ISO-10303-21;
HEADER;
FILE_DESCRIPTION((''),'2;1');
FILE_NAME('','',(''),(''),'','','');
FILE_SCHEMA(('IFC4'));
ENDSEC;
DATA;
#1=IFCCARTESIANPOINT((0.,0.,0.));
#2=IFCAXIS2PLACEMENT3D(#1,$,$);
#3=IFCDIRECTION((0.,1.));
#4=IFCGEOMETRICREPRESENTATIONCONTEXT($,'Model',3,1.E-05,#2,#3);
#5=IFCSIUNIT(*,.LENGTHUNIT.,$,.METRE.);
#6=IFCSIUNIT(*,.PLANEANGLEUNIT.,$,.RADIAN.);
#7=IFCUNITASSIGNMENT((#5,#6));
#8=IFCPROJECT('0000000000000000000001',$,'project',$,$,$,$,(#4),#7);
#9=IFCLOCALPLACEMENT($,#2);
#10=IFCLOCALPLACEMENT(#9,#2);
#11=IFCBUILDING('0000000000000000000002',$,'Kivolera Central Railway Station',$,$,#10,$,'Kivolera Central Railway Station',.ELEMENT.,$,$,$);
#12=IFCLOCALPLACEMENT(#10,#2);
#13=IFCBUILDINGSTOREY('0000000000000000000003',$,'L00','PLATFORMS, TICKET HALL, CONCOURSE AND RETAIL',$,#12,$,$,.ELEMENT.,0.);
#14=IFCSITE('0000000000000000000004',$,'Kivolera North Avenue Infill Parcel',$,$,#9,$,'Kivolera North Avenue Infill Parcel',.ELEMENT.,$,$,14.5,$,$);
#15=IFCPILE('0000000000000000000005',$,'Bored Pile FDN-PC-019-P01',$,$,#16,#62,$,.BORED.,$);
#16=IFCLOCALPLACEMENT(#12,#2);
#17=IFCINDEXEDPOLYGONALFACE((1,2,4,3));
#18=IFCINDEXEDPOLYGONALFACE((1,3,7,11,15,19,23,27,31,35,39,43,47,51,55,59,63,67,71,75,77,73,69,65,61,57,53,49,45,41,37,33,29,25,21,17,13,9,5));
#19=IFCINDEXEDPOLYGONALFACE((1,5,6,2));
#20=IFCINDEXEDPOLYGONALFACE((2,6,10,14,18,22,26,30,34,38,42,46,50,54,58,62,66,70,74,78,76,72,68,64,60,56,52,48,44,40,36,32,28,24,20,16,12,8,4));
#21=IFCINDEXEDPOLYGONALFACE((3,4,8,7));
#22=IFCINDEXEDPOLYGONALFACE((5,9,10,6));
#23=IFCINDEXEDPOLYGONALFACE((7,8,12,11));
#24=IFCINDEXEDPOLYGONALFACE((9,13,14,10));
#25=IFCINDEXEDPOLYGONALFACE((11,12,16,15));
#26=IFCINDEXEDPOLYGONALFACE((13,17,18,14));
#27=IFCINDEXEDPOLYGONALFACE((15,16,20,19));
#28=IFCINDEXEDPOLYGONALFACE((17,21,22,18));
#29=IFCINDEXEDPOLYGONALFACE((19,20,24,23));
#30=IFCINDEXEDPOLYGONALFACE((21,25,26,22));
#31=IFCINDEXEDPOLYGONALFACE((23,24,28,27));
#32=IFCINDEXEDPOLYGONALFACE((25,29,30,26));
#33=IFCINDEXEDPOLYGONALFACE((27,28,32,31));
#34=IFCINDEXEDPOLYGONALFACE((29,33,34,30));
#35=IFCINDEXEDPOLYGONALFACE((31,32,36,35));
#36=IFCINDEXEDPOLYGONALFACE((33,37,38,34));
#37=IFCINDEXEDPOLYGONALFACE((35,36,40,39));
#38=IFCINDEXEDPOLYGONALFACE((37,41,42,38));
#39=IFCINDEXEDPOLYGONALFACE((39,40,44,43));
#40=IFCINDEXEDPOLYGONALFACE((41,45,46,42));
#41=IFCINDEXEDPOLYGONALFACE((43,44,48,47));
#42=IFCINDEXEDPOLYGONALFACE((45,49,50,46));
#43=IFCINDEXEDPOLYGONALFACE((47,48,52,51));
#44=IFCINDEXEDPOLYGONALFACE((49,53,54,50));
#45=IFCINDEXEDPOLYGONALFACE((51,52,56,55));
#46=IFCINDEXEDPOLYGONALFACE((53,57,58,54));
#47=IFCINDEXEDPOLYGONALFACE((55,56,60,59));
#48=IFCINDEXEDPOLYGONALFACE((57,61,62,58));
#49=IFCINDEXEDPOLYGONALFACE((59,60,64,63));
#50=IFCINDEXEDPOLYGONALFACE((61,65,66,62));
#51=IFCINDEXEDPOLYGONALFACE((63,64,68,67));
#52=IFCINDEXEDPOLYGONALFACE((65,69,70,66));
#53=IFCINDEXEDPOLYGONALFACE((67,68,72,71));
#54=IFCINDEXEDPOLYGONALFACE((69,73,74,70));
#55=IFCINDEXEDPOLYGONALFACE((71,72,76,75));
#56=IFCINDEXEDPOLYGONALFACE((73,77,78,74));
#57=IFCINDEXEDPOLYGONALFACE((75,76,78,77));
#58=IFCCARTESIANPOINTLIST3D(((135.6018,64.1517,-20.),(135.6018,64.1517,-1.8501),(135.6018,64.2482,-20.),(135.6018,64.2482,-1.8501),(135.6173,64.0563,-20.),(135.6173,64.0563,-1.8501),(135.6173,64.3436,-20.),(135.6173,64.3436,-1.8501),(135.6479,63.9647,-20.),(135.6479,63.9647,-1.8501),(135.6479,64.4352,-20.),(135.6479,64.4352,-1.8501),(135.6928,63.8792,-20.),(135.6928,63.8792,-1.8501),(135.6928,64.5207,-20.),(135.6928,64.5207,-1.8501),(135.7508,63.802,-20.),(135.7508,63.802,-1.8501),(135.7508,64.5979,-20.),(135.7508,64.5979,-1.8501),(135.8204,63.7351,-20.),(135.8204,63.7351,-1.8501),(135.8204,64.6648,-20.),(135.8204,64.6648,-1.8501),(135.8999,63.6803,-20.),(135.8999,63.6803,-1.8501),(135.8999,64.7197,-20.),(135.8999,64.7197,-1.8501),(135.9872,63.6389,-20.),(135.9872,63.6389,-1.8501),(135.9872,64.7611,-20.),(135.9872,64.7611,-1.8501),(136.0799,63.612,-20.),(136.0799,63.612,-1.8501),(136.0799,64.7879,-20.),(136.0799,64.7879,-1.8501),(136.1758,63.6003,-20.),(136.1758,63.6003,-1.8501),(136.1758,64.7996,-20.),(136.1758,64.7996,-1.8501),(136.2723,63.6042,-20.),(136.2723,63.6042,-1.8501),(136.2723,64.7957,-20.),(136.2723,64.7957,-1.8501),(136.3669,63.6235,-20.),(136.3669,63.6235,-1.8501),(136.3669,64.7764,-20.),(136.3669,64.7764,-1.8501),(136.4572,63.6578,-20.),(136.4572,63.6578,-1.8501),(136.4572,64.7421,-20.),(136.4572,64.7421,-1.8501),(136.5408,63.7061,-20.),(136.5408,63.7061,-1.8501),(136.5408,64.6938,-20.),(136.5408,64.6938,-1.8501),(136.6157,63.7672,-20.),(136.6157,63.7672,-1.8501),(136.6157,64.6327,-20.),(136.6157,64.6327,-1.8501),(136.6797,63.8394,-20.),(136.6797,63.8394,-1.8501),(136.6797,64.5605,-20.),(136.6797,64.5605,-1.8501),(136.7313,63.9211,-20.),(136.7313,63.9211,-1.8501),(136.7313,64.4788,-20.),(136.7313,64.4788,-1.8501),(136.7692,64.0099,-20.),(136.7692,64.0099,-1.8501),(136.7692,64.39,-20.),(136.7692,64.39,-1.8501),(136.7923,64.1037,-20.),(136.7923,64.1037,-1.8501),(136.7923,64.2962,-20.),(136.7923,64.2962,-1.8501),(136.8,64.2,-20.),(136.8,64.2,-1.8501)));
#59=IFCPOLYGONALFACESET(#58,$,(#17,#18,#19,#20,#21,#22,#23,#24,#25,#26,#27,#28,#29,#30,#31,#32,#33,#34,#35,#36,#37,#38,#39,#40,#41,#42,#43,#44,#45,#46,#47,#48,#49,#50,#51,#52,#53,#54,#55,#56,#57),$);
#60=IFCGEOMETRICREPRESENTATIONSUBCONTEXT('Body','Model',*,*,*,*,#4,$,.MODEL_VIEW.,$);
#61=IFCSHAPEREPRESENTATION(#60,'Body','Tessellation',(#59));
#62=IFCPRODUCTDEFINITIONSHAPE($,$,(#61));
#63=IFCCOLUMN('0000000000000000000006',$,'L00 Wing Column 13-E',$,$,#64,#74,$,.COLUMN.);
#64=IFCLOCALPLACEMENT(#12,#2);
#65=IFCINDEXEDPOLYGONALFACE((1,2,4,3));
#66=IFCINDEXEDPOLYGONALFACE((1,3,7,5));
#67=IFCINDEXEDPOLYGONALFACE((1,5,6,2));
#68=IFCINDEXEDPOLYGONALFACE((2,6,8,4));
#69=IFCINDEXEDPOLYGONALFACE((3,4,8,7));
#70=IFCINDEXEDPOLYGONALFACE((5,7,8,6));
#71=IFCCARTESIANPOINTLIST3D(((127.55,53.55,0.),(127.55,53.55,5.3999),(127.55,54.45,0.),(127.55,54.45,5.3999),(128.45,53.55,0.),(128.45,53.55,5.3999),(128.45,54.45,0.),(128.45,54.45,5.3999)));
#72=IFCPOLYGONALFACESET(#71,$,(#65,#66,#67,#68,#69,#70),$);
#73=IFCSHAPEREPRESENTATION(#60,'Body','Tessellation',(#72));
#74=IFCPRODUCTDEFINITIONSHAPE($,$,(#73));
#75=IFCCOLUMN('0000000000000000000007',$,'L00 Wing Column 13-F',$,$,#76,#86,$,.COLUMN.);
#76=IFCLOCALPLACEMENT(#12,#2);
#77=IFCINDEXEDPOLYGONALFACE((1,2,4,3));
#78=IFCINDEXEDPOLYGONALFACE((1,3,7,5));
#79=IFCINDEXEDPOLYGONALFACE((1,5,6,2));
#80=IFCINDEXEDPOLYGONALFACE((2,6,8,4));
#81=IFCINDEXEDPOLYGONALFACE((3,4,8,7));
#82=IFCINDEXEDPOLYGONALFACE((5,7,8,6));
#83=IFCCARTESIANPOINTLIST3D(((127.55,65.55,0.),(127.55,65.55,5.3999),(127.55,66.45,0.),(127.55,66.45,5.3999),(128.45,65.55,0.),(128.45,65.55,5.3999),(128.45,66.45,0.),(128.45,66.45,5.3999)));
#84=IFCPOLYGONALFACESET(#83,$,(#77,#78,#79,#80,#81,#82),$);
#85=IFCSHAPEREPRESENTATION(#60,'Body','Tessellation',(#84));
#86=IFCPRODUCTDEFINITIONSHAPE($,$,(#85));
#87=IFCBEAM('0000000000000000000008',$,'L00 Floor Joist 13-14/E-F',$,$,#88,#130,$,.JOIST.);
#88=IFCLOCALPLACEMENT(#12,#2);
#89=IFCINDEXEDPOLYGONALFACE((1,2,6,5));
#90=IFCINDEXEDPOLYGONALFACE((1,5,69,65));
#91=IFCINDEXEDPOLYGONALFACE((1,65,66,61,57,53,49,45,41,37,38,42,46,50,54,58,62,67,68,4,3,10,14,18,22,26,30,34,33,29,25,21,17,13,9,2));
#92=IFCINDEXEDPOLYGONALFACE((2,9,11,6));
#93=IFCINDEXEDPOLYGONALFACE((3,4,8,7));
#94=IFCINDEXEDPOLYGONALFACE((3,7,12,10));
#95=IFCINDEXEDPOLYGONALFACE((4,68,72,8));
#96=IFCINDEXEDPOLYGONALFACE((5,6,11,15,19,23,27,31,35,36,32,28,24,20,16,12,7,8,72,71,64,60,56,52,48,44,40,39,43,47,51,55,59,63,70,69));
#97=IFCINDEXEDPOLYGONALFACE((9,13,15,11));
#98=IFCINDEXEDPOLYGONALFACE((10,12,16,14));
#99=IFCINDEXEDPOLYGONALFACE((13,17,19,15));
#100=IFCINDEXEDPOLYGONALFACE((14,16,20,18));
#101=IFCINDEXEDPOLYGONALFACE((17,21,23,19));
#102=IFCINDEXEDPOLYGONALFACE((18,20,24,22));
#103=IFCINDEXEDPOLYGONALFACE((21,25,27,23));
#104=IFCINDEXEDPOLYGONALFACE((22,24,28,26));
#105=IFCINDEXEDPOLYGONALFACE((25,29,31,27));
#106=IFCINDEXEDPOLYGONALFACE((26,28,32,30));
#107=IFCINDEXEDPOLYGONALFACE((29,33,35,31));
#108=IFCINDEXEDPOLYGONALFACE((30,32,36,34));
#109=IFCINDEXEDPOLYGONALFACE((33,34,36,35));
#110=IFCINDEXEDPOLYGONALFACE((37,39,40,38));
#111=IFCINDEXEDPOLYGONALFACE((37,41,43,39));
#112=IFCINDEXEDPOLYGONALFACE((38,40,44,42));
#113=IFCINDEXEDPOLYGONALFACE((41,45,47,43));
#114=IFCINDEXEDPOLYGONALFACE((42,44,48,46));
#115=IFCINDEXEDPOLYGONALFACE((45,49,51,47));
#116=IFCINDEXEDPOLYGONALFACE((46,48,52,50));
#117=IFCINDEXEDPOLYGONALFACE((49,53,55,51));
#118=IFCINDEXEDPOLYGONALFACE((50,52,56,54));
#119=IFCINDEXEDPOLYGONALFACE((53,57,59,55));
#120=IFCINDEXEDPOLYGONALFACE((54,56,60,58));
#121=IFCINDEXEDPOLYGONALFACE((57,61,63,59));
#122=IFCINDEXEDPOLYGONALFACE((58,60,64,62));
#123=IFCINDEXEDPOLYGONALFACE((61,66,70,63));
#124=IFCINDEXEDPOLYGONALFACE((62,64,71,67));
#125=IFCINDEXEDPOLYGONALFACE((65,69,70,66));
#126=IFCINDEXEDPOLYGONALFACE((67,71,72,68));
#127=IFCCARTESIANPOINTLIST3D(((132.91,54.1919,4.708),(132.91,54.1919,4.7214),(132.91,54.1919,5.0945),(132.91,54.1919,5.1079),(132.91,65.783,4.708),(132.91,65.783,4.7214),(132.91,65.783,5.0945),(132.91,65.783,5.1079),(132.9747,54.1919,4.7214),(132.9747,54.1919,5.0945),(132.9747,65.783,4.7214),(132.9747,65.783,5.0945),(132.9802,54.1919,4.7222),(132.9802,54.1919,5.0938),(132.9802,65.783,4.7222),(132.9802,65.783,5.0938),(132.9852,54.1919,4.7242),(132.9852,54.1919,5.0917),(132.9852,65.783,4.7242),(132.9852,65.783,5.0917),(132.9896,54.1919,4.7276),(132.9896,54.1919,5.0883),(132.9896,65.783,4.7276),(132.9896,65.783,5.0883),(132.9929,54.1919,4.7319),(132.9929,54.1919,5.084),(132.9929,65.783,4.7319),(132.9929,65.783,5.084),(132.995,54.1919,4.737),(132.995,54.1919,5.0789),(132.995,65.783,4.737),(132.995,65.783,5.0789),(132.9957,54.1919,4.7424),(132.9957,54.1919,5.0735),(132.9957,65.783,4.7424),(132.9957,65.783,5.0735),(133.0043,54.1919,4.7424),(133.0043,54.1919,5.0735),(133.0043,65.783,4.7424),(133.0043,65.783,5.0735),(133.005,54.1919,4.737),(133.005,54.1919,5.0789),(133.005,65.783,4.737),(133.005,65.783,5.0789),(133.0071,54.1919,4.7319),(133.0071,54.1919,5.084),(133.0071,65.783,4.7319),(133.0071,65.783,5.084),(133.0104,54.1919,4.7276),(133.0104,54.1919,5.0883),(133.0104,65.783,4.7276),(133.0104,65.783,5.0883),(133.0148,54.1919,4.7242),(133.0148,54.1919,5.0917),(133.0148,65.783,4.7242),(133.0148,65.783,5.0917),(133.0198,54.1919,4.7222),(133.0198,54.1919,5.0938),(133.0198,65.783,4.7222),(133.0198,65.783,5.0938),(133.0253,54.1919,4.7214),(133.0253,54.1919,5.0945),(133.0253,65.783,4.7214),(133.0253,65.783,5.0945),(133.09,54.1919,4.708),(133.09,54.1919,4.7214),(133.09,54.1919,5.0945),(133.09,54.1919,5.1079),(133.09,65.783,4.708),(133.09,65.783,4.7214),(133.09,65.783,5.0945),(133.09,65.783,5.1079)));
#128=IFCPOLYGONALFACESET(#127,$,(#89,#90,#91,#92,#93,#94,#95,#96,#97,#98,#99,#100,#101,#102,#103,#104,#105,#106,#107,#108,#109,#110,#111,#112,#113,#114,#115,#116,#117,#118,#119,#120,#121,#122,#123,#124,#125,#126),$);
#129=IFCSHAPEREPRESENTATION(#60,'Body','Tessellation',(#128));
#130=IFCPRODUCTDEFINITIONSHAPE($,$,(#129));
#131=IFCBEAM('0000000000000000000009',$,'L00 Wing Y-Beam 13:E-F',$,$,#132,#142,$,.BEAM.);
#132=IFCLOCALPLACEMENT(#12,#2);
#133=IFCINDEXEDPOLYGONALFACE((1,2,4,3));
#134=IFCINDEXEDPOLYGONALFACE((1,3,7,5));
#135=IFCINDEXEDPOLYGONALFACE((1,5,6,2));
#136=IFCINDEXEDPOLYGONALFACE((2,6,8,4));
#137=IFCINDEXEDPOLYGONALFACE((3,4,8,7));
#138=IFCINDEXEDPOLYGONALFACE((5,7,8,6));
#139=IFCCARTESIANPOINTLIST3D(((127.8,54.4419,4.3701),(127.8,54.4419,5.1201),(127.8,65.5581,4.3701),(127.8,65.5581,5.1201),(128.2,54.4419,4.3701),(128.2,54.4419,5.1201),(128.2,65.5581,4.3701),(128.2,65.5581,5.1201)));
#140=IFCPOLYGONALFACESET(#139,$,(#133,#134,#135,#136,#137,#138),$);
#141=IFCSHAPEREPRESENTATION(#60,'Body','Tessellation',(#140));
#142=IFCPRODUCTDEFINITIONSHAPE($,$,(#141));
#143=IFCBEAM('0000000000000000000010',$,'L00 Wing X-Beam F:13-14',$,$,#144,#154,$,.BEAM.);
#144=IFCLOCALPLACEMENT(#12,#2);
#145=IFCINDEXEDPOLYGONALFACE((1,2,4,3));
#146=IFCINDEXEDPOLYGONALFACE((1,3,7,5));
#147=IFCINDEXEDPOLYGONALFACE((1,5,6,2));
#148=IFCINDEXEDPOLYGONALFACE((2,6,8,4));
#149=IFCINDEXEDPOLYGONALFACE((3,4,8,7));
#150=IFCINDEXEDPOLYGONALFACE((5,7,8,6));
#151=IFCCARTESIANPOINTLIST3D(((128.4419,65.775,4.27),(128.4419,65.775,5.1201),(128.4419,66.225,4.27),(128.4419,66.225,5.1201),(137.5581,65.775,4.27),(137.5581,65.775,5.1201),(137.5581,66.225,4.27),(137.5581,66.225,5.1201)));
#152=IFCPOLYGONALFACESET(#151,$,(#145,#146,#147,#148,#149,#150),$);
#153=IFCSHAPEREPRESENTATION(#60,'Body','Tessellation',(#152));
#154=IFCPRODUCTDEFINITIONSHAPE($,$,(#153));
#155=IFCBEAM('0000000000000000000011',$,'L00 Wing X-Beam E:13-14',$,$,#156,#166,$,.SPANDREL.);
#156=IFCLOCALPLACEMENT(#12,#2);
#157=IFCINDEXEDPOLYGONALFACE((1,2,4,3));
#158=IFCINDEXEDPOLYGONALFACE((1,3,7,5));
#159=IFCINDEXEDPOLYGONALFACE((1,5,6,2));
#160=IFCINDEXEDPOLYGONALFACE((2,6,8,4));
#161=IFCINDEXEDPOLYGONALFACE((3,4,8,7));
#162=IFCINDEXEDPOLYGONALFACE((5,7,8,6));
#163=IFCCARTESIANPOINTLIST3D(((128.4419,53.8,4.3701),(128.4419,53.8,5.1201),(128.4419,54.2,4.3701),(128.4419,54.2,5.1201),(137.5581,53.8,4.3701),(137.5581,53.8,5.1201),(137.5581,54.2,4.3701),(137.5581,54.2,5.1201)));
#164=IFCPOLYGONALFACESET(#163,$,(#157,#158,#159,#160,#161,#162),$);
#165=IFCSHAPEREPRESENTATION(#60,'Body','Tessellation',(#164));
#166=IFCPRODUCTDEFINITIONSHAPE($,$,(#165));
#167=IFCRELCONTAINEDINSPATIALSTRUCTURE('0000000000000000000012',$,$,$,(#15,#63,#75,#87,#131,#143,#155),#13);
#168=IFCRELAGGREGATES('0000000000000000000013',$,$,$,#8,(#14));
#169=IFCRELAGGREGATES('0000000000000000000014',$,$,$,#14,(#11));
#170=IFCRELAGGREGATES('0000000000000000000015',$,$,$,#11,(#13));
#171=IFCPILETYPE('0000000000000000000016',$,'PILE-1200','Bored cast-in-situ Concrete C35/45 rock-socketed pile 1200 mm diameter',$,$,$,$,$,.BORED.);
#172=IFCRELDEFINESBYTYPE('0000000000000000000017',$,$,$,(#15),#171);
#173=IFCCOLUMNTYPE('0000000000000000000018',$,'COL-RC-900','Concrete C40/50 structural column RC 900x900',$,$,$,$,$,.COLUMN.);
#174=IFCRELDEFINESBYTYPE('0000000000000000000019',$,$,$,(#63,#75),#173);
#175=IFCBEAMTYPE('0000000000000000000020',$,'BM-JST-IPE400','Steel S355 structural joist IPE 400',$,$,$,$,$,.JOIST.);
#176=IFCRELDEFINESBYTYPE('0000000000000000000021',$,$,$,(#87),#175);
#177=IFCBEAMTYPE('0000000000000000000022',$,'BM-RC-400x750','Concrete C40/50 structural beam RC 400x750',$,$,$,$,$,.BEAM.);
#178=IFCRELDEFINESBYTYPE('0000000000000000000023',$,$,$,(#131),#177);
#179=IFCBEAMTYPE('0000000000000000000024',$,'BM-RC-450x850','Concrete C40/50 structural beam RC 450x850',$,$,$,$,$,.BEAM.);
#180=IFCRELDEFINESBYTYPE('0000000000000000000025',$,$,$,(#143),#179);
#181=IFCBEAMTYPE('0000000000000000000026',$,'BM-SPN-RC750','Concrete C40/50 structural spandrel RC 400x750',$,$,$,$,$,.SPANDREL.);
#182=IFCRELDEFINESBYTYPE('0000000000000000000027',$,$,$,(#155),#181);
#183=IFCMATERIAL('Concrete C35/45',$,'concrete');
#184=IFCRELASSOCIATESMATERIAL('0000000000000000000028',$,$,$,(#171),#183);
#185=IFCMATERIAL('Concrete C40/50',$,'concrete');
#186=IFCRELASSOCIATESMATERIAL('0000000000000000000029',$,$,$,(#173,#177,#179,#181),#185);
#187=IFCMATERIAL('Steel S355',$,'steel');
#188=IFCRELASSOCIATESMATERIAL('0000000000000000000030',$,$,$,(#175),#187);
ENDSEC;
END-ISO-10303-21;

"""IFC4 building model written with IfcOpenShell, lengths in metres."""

from ifc_helpers import new_model, si_unit, direction, frame, origin, origin_2d, place, context, subcontext, project, spatial, rectangle, circle, i_section, extrude, material, material_profile, profile_set, type_object, element, save


model = new_model("IFC4")

# Units and contexts
model_context = context("Model", 3, precision=1e-05, world=origin(), true_north=direction((0.0, 1.0)))
body_context = subcontext(model_context, "Body", "Model", "MODEL_VIEW")
ifc_project = project(units=[si_unit("LENGTHUNIT", "METRE"), si_unit("PLANEANGLEUNIT", "RADIAN")], contexts=[model_context])

# Site, building, storey
site_placement = place(None, origin())
site = spatial("IfcSite", under=ifc_project, at=site_placement, Name="Kivolera North Avenue Infill Parcel", LongName="Kivolera North Avenue Infill Parcel", CompositionType="ELEMENT", RefElevation=14.5)
building_placement = place(site_placement, origin())
building = spatial("IfcBuilding", under=site, at=building_placement, Name="Kivolera Central Railway Station", LongName="Kivolera Central Railway Station", CompositionType="ELEMENT")
storey_placement = place(building_placement, origin())
storey = spatial("IfcBuildingStorey", under=building, at=storey_placement, Name="L00", Description="PLATFORMS, TICKET HALL, CONCOURSE AND RETAIL", CompositionType="ELEMENT", Elevation=0.0)

# Shared definitions
ifc_material_1 = material(Name="Concrete C35/45", Category="concrete")

# Pile
ifc_material_profile_1 = material_profile(ifc_material_1, circle(Radius=0.6001, at=origin_2d()), Name="PILE D1200")
ifc_profile_set_1 = profile_set([ifc_material_profile_1], Name="Concrete C35/45")
pile_type_1 = type_object("IfcPileType", Name="PILE-1200", Description="Bored cast-in-situ Concrete C35/45 rock-socketed pile 1200 mm diameter", PredefinedType="BORED", material=ifc_profile_set_1)
for number, where, z_axis, x_axis, name in (
    (1, (136.2, 64.2, -1.8501), (0.0, 0.0, -1.0), (1.0, 0.0, 0.0), "Bored Pile FDN-PC-019-P01"),
):
    element("IfcPile", number, at=place(storey_placement, frame(where, z_axis=z_axis, x_axis=x_axis)), inside=storey, type_object=pile_type_1, Name=name, PredefinedType="BORED", context=body_context, shape_type="SweptSolid", body=[
        extrude(circle(Radius=0.6001, at=origin_2d()), origin(), (0.0, 0.0, 1.0), 18.1499),
    ])

# Columns
ifc_material_2 = material(Name="Concrete C40/50", Category="concrete")
ifc_material_profile_2 = material_profile(ifc_material_2, rectangle(XDim=0.8999, YDim=0.8999, at=origin_2d()), Name="RC 900x900")
ifc_profile_set_2 = profile_set([ifc_material_profile_2], Name="Concrete C40/50")
column_type = type_object("IfcColumnType", Name="COL-RC-900", Description="Concrete C40/50 structural column RC 900x900", PredefinedType="COLUMN", material=ifc_profile_set_2)
for number, where, z_axis, x_axis, name in (
    (2, (128.0, 54.0, 0.0), (0.0, 0.0, 1.0), (1.0, 0.0, 0.0), "L00 Wing Column 13-E"),
    (3, (128.0, 66.0, 0.0), (0.0, 0.0, 1.0), (1.0, 0.0, 0.0), "L00 Wing Column 13-F"),
):
    element("IfcColumn", number, at=place(storey_placement, frame(where, z_axis=z_axis, x_axis=x_axis)), inside=storey, type_object=column_type, Name=name, PredefinedType="COLUMN", context=body_context, shape_type="SweptSolid", body=[
        extrude(rectangle(XDim=0.8999, YDim=0.8999, at=origin_2d()), origin(), (0.0, 0.0, 1.0), 5.3999),
    ])

# Beams
ifc_material_3 = material(Name="Steel S355", Category="steel")
ifc_material_profile_3 = material_profile(ifc_material_3, i_section(OverallWidth=0.1799, OverallDepth=0.3999, WebThickness=0.0085, FlangeThickness=0.0134, FilletRadius=0.021, at=origin_2d()), Name="IPE 400")
ifc_profile_set_3 = profile_set([ifc_material_profile_3], Name="Steel S355")
beam_type_1 = type_object("IfcBeamType", Name="BM-JST-IPE400", Description="Steel S355 structural joist IPE 400", PredefinedType="JOIST", material=ifc_profile_set_3)
beam_1_placement = place(storey_placement, frame((133.0, 54.1919, 4.908), z_axis=(0.0, 1.0, 0.0), x_axis=(-1.0, 0.0, 0.0)))
element("IfcBeam", 4, at=beam_1_placement, inside=storey, type_object=beam_type_1, Name="L00 Floor Joist 13-14/E-F", PredefinedType="JOIST", context=body_context, shape_type="SweptSolid", body=[
    extrude(i_section(OverallWidth=0.1799, OverallDepth=0.3999, WebThickness=0.0085, FlangeThickness=0.0134, FilletRadius=0.021, at=origin_2d()), origin(), (0.0, 0.0, 1.0), 11.5911),
])
ifc_material_profile_4 = material_profile(ifc_material_2, rectangle(XDim=0.3999, YDim=0.75, at=origin_2d()), Name="RC 400x750")
ifc_profile_set_4 = profile_set([ifc_material_profile_4], Name="Concrete C40/50")
beam_type_2 = type_object("IfcBeamType", Name="BM-RC-400x750", Description="Concrete C40/50 structural beam RC 400x750", PredefinedType="BEAM", material=ifc_profile_set_4)
beam_2_placement = place(storey_placement, frame((128.0, 54.4419, 4.7451), z_axis=(0.0, 1.0, 0.0), x_axis=(-1.0, 0.0, 0.0)))
element("IfcBeam", 5, at=beam_2_placement, inside=storey, type_object=beam_type_2, Name="L00 Wing Y-Beam 13:E-F", PredefinedType="BEAM", context=body_context, shape_type="SweptSolid", body=[
    extrude(rectangle(XDim=0.3999, YDim=0.75, at=origin_2d()), origin(), (0.0, 0.0, 1.0), 11.1162),
])
ifc_material_profile_5 = material_profile(ifc_material_2, rectangle(XDim=0.45, YDim=0.8501, at=origin_2d()), Name="RC 450x850")
ifc_profile_set_5 = profile_set([ifc_material_profile_5], Name="Concrete C40/50")
beam_type_3 = type_object("IfcBeamType", Name="BM-RC-450x850", Description="Concrete C40/50 structural beam RC 450x850", PredefinedType="BEAM", material=ifc_profile_set_5)
beam_3_placement = place(storey_placement, frame((128.4419, 66.0, 4.6951), z_axis=(1.0, 0.0, 0.0), x_axis=(0.0, 1.0, 0.0)))
element("IfcBeam", 6, at=beam_3_placement, inside=storey, type_object=beam_type_3, Name="L00 Wing X-Beam F:13-14", PredefinedType="BEAM", context=body_context, shape_type="SweptSolid", body=[
    extrude(rectangle(XDim=0.45, YDim=0.8501, at=origin_2d()), origin(), (0.0, 0.0, 1.0), 9.1162),
])
ifc_material_profile_6 = material_profile(ifc_material_2, rectangle(XDim=0.3999, YDim=0.75, at=origin_2d()), Name="RC 400x750")
ifc_profile_set_6 = profile_set([ifc_material_profile_6], Name="Concrete C40/50")
beam_type_4 = type_object("IfcBeamType", Name="BM-SPN-RC750", Description="Concrete C40/50 structural spandrel RC 400x750", PredefinedType="SPANDREL", material=ifc_profile_set_6)
beam_4_placement = place(storey_placement, frame((128.4419, 54.0, 4.7451), z_axis=(1.0, 0.0, 0.0), x_axis=(0.0, 1.0, 0.0)))
element("IfcBeam", 7, at=beam_4_placement, inside=storey, type_object=beam_type_4, Name="L00 Wing X-Beam E:13-14", PredefinedType="SPANDREL", context=body_context, shape_type="SweptSolid", body=[
    extrude(rectangle(XDim=0.3999, YDim=0.75, at=origin_2d()), origin(), (0.0, 0.0, 1.0), 9.1162),
])

save(model, "model.ifc")
